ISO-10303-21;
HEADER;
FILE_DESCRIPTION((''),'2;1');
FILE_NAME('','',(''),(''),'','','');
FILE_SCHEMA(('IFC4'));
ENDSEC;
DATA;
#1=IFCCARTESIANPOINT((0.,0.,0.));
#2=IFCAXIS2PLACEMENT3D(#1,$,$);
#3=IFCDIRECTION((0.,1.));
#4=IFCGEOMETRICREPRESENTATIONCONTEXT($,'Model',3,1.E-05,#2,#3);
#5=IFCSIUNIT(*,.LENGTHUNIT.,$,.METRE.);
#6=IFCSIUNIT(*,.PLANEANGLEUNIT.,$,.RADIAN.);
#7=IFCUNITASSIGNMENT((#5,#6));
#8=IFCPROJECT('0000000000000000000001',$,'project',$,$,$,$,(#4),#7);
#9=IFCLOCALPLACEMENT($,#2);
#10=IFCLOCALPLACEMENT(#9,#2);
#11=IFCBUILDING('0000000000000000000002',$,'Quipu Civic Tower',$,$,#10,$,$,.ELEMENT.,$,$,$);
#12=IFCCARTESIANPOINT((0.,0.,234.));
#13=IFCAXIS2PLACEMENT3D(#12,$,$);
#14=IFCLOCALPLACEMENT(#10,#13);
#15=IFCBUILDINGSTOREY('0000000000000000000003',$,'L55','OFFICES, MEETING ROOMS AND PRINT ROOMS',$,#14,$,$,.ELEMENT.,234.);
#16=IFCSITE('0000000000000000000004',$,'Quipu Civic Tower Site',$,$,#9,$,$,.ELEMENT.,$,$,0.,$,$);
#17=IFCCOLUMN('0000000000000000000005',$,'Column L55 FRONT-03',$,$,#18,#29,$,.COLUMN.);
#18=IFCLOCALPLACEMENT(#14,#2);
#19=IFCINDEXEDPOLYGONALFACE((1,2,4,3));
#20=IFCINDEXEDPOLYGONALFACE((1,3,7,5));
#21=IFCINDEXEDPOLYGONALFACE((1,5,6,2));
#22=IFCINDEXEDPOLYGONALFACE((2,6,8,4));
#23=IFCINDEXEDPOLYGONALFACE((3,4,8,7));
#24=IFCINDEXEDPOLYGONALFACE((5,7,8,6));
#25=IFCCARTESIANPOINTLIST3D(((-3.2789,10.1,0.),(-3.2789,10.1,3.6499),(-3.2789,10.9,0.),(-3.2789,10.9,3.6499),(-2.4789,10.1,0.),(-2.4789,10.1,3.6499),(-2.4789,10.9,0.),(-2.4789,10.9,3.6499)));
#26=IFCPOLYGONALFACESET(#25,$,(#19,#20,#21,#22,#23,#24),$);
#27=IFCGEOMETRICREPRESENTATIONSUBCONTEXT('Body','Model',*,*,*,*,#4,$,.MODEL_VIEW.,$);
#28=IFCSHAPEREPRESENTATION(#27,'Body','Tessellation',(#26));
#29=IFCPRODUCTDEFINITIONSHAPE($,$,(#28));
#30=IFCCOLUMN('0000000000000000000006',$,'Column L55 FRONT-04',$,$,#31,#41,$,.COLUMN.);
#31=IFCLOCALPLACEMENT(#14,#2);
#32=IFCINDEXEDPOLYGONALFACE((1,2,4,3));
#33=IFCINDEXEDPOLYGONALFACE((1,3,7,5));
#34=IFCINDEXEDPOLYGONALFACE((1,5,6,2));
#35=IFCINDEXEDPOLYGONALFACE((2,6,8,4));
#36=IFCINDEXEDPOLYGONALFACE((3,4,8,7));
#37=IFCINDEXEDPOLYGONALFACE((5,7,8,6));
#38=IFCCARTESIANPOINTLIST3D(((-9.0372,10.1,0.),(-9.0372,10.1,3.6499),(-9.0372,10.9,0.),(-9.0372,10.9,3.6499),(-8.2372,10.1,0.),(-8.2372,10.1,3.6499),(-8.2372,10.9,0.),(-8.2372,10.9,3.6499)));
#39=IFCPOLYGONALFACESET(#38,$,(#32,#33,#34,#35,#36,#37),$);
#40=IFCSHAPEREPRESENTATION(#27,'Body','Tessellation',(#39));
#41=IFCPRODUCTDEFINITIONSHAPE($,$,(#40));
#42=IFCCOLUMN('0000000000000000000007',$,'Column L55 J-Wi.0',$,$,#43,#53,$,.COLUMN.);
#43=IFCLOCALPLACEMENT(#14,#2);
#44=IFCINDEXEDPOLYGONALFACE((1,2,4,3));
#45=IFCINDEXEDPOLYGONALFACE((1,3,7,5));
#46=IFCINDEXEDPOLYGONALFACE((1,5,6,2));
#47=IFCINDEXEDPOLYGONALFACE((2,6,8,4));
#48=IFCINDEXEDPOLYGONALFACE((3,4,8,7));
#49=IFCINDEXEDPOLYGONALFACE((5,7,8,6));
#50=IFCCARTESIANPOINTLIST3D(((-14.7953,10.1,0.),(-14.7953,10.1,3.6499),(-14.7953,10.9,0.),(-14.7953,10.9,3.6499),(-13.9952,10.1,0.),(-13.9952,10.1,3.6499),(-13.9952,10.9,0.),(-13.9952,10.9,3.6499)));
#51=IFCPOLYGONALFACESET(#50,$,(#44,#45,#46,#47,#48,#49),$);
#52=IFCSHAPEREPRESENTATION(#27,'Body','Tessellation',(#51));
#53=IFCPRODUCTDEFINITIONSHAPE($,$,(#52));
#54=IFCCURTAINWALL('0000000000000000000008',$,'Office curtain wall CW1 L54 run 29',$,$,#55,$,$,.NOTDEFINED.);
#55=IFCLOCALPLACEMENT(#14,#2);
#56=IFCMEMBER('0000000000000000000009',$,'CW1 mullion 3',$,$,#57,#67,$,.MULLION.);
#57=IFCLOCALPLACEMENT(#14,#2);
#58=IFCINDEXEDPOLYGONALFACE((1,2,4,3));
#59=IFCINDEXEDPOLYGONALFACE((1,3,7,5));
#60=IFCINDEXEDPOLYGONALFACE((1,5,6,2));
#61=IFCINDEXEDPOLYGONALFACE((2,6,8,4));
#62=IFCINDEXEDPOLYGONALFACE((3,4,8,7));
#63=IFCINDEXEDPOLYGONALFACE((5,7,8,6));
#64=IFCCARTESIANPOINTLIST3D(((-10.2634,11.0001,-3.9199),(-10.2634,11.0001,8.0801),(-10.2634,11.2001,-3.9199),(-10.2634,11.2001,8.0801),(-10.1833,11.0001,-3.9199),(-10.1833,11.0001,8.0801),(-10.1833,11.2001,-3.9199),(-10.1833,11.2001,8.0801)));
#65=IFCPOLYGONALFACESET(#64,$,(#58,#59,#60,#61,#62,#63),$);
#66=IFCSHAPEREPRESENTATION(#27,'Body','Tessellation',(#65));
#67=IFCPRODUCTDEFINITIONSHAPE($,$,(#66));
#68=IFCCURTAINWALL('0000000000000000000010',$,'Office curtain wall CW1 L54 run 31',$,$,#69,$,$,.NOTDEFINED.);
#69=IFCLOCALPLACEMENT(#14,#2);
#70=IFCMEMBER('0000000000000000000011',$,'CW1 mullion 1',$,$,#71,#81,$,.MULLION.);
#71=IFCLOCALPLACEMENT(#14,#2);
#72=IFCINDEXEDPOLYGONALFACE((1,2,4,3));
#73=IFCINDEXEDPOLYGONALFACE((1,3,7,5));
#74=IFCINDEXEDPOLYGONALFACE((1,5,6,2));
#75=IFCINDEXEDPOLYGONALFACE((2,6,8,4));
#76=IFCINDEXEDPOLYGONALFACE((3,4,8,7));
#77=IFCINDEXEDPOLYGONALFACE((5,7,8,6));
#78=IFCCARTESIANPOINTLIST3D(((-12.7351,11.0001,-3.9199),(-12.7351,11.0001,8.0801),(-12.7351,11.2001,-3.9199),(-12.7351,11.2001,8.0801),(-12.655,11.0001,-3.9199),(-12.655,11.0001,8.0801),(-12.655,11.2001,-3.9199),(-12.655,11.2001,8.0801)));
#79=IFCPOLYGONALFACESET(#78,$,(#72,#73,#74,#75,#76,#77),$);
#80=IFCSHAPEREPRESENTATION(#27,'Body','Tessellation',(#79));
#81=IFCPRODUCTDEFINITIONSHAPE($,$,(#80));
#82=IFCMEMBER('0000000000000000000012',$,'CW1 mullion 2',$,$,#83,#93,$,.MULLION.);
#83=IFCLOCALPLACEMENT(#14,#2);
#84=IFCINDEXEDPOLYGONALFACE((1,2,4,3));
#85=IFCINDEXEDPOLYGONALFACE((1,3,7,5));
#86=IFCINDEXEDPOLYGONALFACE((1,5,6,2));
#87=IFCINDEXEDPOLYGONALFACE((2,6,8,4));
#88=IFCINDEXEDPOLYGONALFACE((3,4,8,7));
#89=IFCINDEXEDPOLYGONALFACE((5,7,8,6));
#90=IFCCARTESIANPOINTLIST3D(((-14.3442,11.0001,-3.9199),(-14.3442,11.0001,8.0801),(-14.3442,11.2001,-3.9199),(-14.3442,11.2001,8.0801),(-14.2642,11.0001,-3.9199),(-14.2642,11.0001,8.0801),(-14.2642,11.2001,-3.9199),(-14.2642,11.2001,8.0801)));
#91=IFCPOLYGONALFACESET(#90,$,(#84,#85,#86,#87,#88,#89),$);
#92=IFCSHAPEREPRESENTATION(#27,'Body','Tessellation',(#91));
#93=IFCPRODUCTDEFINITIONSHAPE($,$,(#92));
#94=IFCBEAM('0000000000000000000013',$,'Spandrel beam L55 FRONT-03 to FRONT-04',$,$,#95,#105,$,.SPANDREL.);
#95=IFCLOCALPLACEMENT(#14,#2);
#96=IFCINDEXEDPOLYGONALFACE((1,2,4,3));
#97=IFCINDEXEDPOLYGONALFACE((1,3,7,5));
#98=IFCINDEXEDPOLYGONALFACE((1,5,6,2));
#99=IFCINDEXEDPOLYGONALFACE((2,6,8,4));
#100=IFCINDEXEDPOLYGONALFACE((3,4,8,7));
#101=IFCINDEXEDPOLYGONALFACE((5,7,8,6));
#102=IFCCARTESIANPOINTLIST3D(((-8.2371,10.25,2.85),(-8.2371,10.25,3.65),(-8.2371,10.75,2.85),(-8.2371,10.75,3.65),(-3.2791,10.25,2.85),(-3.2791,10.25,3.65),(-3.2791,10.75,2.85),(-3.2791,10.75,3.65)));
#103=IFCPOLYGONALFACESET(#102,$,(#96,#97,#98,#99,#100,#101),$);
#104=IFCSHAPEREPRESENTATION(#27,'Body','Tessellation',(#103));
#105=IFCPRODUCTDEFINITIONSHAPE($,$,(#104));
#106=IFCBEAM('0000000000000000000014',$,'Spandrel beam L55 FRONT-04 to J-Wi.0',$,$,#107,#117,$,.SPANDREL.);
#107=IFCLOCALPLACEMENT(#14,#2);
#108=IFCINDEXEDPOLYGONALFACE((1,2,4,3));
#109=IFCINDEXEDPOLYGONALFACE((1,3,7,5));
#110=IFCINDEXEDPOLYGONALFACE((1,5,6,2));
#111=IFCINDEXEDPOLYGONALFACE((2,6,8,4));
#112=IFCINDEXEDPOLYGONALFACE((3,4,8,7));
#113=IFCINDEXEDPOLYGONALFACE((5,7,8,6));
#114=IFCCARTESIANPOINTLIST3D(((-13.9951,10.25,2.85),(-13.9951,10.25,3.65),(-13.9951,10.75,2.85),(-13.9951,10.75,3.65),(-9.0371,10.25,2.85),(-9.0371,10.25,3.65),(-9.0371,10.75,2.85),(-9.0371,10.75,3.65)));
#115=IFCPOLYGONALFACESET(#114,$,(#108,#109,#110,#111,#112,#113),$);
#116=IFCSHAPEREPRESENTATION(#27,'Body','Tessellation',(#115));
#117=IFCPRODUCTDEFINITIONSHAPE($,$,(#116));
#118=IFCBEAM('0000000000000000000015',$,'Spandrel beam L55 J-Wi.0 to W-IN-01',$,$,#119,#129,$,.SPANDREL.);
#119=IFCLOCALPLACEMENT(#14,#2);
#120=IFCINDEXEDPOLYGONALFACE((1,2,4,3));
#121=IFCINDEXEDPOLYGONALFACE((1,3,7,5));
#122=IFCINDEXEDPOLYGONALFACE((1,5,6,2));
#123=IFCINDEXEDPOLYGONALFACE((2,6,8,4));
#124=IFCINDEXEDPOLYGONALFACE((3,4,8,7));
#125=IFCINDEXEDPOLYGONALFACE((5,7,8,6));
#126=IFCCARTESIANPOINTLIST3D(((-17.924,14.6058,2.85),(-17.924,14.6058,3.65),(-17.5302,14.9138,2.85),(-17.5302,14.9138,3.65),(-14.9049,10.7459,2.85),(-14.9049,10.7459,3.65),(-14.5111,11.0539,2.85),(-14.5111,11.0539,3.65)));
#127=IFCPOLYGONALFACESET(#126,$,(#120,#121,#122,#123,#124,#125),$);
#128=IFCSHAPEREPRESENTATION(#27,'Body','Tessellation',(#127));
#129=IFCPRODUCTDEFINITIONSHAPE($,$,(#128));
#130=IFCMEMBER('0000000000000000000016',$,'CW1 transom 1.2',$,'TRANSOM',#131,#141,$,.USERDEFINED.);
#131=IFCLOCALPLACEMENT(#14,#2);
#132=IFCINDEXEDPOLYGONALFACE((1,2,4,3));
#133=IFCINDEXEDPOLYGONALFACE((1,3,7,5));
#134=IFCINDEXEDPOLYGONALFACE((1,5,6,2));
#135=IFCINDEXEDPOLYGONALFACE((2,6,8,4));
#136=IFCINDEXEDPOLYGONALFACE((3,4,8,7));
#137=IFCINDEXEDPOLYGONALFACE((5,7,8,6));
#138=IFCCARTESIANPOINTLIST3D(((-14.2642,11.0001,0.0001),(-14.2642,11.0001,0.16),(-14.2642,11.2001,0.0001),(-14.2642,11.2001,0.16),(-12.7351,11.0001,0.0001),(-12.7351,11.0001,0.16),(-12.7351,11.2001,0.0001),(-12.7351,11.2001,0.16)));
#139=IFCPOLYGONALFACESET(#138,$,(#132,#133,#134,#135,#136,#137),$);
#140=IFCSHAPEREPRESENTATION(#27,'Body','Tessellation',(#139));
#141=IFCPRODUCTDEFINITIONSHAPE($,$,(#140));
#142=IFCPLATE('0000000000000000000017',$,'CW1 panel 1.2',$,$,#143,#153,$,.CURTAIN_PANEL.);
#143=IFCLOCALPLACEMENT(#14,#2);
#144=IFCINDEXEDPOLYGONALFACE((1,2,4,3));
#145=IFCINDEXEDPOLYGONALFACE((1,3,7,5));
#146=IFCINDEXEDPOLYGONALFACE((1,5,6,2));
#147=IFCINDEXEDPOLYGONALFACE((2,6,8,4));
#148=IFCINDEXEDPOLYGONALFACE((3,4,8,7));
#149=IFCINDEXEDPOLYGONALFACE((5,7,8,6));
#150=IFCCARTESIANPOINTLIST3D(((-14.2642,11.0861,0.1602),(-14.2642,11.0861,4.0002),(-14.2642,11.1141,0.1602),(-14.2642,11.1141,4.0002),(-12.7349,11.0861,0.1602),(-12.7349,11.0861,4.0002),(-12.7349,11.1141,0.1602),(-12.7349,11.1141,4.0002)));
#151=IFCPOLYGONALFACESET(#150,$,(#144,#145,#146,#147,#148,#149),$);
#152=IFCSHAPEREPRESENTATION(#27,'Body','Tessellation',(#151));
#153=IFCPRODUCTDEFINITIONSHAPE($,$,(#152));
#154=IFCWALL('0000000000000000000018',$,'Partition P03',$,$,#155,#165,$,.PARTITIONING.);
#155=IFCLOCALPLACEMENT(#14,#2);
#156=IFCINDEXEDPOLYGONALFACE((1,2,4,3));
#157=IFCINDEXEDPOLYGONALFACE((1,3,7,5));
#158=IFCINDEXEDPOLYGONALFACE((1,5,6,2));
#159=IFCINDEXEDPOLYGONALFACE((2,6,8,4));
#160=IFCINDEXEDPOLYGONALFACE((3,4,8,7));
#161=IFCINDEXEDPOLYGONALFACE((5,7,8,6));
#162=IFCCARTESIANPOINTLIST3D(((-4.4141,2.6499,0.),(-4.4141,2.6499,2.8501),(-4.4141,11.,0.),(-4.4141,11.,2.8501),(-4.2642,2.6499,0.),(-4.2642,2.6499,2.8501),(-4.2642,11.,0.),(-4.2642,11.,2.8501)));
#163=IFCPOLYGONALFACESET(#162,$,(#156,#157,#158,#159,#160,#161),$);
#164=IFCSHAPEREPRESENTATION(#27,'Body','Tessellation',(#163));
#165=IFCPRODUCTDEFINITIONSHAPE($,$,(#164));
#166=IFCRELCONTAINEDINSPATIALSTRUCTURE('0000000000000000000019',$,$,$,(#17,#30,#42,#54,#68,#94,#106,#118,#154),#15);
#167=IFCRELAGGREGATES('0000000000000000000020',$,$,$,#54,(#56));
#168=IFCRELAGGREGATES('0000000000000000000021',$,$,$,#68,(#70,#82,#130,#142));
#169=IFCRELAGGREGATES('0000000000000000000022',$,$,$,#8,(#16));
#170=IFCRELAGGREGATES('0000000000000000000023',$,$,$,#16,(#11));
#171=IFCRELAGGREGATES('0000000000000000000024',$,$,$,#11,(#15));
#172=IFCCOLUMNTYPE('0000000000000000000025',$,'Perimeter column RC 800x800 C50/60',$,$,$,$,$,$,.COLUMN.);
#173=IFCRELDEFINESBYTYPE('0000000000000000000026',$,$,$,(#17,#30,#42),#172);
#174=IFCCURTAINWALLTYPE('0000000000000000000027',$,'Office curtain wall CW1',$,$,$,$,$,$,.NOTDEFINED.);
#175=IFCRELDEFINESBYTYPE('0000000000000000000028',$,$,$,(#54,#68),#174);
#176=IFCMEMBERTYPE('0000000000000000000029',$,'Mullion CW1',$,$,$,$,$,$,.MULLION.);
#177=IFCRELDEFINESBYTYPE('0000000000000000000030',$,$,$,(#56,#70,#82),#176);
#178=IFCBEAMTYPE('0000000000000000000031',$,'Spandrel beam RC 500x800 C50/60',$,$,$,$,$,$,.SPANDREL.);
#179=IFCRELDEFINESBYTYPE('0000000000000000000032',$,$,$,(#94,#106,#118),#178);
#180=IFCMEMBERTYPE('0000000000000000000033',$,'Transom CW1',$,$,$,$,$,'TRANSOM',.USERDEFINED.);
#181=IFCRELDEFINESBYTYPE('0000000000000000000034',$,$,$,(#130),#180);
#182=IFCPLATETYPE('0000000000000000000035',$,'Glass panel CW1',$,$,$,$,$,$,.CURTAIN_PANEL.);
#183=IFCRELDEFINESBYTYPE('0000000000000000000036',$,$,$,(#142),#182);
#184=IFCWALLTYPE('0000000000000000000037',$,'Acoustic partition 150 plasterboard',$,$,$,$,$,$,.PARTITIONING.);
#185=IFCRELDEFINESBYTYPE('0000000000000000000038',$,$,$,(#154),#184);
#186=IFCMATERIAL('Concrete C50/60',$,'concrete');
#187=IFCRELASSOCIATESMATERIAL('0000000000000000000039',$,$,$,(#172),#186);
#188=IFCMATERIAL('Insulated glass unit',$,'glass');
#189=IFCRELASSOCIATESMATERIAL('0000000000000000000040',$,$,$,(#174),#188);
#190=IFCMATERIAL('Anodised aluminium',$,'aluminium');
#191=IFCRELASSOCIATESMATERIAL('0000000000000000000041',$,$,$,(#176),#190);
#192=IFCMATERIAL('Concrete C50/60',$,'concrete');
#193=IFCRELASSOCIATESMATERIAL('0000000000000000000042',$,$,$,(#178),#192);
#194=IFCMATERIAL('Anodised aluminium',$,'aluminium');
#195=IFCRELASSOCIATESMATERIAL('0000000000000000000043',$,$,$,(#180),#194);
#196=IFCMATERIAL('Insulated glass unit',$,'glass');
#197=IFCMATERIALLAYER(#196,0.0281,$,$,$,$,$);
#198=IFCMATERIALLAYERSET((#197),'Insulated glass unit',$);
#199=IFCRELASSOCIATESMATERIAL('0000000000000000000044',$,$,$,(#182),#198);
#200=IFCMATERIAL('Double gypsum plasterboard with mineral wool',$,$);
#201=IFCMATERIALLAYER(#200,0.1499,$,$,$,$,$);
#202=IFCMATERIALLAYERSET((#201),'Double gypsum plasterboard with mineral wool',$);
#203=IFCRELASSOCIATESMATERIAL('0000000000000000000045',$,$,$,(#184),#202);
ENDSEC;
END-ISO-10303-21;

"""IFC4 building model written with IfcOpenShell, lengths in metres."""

from ifc_helpers import new_model, si_unit, direction, frame, frame_2d, origin, origin_2d, place, context, subcontext, project, spatial, rectangle, extrude, material, layer, layer_set, material_profile, profile_set, type_object, element, aggregate, save


model = new_model("IFC4")

# Units and contexts
model_context = context("Model", 3, precision=1e-05, world=origin(), true_north=direction((0.0, 1.0)))
body_context = subcontext(model_context, "Body", "Model", "MODEL_VIEW")
ifc_project = project(units=[si_unit("LENGTHUNIT", "METRE"), si_unit("PLANEANGLEUNIT", "RADIAN")], contexts=[model_context])

# Site, building, storey
site_placement = place(None, origin())
site = spatial("IfcSite", under=ifc_project, at=site_placement, Name="Quipu Civic Tower Site", CompositionType="ELEMENT", RefElevation=0.0)
building_placement = place(site_placement, origin())
building = spatial("IfcBuilding", under=site, at=building_placement, Name="Quipu Civic Tower", CompositionType="ELEMENT")
storey_placement = place(building_placement, frame((0.0, 0.0, 234.0)))
storey = spatial("IfcBuildingStorey", under=building, at=storey_placement, Name="L55", Description="OFFICES, MEETING ROOMS AND PRINT ROOMS", CompositionType="ELEMENT", Elevation=234.0)

# Columns
ifc_material_1 = material(Name="Concrete C50/60", Category="concrete")
ifc_material_profile_1 = material_profile(ifc_material_1, rectangle(XDim=0.8, YDim=0.8, at=origin_2d()), Name="RC800x800")
ifc_profile_set_1 = profile_set([ifc_material_profile_1], Name="Concrete C50/60")
column_type = type_object("IfcColumnType", Name="Perimeter column RC 800x800 C50/60", PredefinedType="COLUMN", material=ifc_profile_set_1)
for number, where, z_axis, x_axis, name in (
    (1, (-2.8789, 10.5, 0.0), (0.0, 0.0, 1.0), (-1.0, 0.0, 0.0), "Column L55 FRONT-03"),
    (2, (-8.6372, 10.5, 0.0), (0.0, 0.0, 1.0), (-1.0, 0.0, 0.0), "Column L55 FRONT-04"),
    (3, (-14.3953, 10.5, 0.0), (0.0, 0.0, 1.0), (-1.0, 0.0, 0.0), "Column L55 J-Wi.0"),
):
    element("IfcColumn", number, at=place(storey_placement, frame(where, z_axis=z_axis, x_axis=x_axis)), inside=storey, type_object=column_type, Name=name, PredefinedType="COLUMN", context=body_context, shape_type="SweptSolid", body=[
        extrude(rectangle(XDim=0.8, YDim=0.8, at=origin_2d()), origin(), (0.0, 0.0, 1.0), 3.6499),
    ])

# Curtain wall, member
ifc_material_2 = material(Name="Insulated glass unit", Category="glass")
curtain_wall_type = type_object("IfcCurtainWallType", Name="Office curtain wall CW1", PredefinedType="NOTDEFINED", material=ifc_material_2)
curtain_wall_1_placement = place(storey_placement, origin())
curtain_wall_1 = element("IfcCurtainWall", 4, at=curtain_wall_1_placement, inside=storey, type_object=curtain_wall_type, Name="Office curtain wall CW1 L54 run 29", PredefinedType="NOTDEFINED")
ifc_material_3 = material(Name="Anodised aluminium", Category="aluminium")
ifc_material_profile_2 = material_profile(ifc_material_3, rectangle(XDim=0.2, YDim=0.0801, at=origin_2d()), Name="RECT 200x80")
ifc_profile_set_2 = profile_set([ifc_material_profile_2], Name="Anodised aluminium")
member_type_1 = type_object("IfcMemberType", Name="Mullion CW1", PredefinedType="MULLION", material=ifc_profile_set_2)
member_1_placement = place(storey_placement, frame((-10.2234, 11.1001, -3.9199), z_axis=(0.0, 0.0, 1.0), x_axis=(0.0, -1.0, 0.0)))
member_1 = element("IfcMember", 5, at=member_1_placement, type_object=member_type_1, Name="CW1 mullion 3", PredefinedType="MULLION", context=body_context, shape_type="SweptSolid", body=[
    extrude(rectangle(XDim=0.2, YDim=0.0801, at=origin_2d()), origin(), (0.0, 0.0, 1.0), 12.0),
])
aggregate(curtain_wall_1, [member_1])

# Curtain wall, members
curtain_wall_2_placement = place(storey_placement, origin())
curtain_wall_2 = element("IfcCurtainWall", 6, at=curtain_wall_2_placement, inside=storey, type_object=curtain_wall_type, Name="Office curtain wall CW1 L54 run 31", PredefinedType="NOTDEFINED")
member_2_placement = place(storey_placement, frame((-12.6951, 11.1001, -3.9199), z_axis=(0.0, 0.0, 1.0), x_axis=(0.0, -1.0, 0.0)))
member_2 = element("IfcMember", 7, at=member_2_placement, type_object=member_type_1, Name="CW1 mullion 1", PredefinedType="MULLION", context=body_context, shape_type="SweptSolid", body=[
    extrude(rectangle(XDim=0.2, YDim=0.0801, at=origin_2d()), origin(), (0.0, 0.0, 1.0), 12.0),
])
member_3_placement = place(storey_placement, frame((-14.3042, 11.1001, -3.9199), z_axis=(0.0, 0.0, 1.0), x_axis=(0.0, -1.0, 0.0)))
member_3 = element("IfcMember", 8, at=member_3_placement, type_object=member_type_1, Name="CW1 mullion 2", PredefinedType="MULLION", context=body_context, shape_type="SweptSolid", body=[
    extrude(rectangle(XDim=0.2, YDim=0.0801, at=origin_2d()), origin(), (0.0, 0.0, 1.0), 12.0),
])

# Beams
ifc_material_4 = material(Name="Concrete C50/60", Category="concrete")
ifc_material_profile_3 = material_profile(ifc_material_4, rectangle(XDim=0.5, YDim=0.8, at=origin_2d()), Name="RC500x800")
ifc_profile_set_3 = profile_set([ifc_material_profile_3], Name="Concrete C50/60")
beam_type = type_object("IfcBeamType", Name="Spandrel beam RC 500x800 C50/60", PredefinedType="SPANDREL", material=ifc_profile_set_3)
for number, where, z_axis, x_axis, name in (
    (9, (-3.2791, 10.5, 3.25), (-1.0, 0.0, 0.0), (0.0, -1.0, 0.0), "Spandrel beam L55 FRONT-03 to FRONT-04"),
    (10, (-9.0371, 10.5, 3.25), (-1.0, 0.0, 0.0), (0.0, -1.0, 0.0), "Spandrel beam L55 FRONT-04 to J-Wi.0"),
):
    element("IfcBeam", number, at=place(storey_placement, frame(where, z_axis=z_axis, x_axis=x_axis)), inside=storey, type_object=beam_type, Name=name, PredefinedType="SPANDREL", context=body_context, shape_type="SweptSolid", body=[
        extrude(rectangle(XDim=0.5, YDim=0.8, at=origin_2d()), origin(), (0.0, 0.0, 1.0), 4.958),
    ])
beam_placement = place(storey_placement, frame((-14.708, 10.8999, 3.25), z_axis=(-0.616091, 0.787675, 0.0), x_axis=(-0.787675, -0.616091, 0.0)))
element("IfcBeam", 11, at=beam_placement, inside=storey, type_object=beam_type, Name="Spandrel beam L55 J-Wi.0 to W-IN-01", PredefinedType="SPANDREL", context=body_context, shape_type="SweptSolid", body=[
    extrude(rectangle(XDim=0.5, YDim=0.8, at=origin_2d()), origin(), (0.0, 0.0, 1.0), 4.9004),
])

# Member
ifc_material_5 = material(Name="Anodised aluminium", Category="aluminium")
ifc_material_profile_4 = material_profile(ifc_material_5, rectangle(XDim=0.2, YDim=0.1599, at=origin_2d()), Name="RECT 200x160")
ifc_profile_set_4 = profile_set([ifc_material_profile_4], Name="Anodised aluminium")
member_type_2 = type_object("IfcMemberType", Name="Transom CW1", ElementType="TRANSOM", PredefinedType="USERDEFINED", material=ifc_profile_set_4)
member_4_placement = place(storey_placement, frame((-12.7351, 11.1001, 0.0801), z_axis=(-1.0, 0.0, 0.0), x_axis=(0.0, -1.0, 0.0)))
member_4 = element("IfcMember", 12, at=member_4_placement, type_object=member_type_2, Name="CW1 transom 1.2", ObjectType="TRANSOM", PredefinedType="USERDEFINED", context=body_context, shape_type="SweptSolid", body=[
    extrude(rectangle(XDim=0.2, YDim=0.1599, at=origin_2d()), origin(), (0.0, 0.0, 1.0), 1.5291),
])

# Plate
ifc_material_6 = material(Name="Insulated glass unit", Category="glass")
ifc_layer_1 = layer(ifc_material_6, 0.0281)
ifc_layer_set_1 = layer_set([ifc_layer_1], Name="Insulated glass unit")
plate_type = type_object("IfcPlateType", Name="Glass panel CW1", PredefinedType="CURTAIN_PANEL", material=ifc_layer_set_1)
plate_placement = place(storey_placement, frame((-13.4995, 11.1001, 0.1602), z_axis=(0.0, 0.0, 1.0), x_axis=(-1.0, 0.0, 0.0)))
plate = element("IfcPlate", 13, at=plate_placement, type_object=plate_type, Name="CW1 panel 1.2", PredefinedType="CURTAIN_PANEL", context=body_context, shape_type="SweptSolid", body=[
    extrude(rectangle(XDim=1.5293, YDim=0.0281, at=origin_2d()), origin(), (0.0, 0.0, 1.0), 3.8401),
])
aggregate(curtain_wall_2, [member_2, member_3, member_4, plate])

# Wall
ifc_material_7 = material(Name="Double gypsum plasterboard with mineral wool")
ifc_layer_2 = layer(ifc_material_7, 0.1499)
ifc_layer_set_2 = layer_set([ifc_layer_2], Name="Double gypsum plasterboard with mineral wool")
wall_type_1 = type_object("IfcWallType", Name="Acoustic partition 150 plasterboard", PredefinedType="PARTITIONING", material=ifc_layer_set_2)
wall_1_placement = place(storey_placement, frame((-4.3391, 2.6499, 0.0), z_axis=(0.0, 0.0, 1.0), x_axis=(0.0, 1.0, 0.0)))
element("IfcWall", 14, at=wall_1_placement, inside=storey, type_object=wall_type_1, Name="Partition P03", PredefinedType="PARTITIONING", context=body_context, shape_type="SweptSolid", body=[
    extrude(rectangle(XDim=8.3501, YDim=0.1499, at=frame_2d((4.175, 0.0))), origin(), (0.0, 0.0, 1.0), 2.8501),
])

save(model, "model.ifc")
